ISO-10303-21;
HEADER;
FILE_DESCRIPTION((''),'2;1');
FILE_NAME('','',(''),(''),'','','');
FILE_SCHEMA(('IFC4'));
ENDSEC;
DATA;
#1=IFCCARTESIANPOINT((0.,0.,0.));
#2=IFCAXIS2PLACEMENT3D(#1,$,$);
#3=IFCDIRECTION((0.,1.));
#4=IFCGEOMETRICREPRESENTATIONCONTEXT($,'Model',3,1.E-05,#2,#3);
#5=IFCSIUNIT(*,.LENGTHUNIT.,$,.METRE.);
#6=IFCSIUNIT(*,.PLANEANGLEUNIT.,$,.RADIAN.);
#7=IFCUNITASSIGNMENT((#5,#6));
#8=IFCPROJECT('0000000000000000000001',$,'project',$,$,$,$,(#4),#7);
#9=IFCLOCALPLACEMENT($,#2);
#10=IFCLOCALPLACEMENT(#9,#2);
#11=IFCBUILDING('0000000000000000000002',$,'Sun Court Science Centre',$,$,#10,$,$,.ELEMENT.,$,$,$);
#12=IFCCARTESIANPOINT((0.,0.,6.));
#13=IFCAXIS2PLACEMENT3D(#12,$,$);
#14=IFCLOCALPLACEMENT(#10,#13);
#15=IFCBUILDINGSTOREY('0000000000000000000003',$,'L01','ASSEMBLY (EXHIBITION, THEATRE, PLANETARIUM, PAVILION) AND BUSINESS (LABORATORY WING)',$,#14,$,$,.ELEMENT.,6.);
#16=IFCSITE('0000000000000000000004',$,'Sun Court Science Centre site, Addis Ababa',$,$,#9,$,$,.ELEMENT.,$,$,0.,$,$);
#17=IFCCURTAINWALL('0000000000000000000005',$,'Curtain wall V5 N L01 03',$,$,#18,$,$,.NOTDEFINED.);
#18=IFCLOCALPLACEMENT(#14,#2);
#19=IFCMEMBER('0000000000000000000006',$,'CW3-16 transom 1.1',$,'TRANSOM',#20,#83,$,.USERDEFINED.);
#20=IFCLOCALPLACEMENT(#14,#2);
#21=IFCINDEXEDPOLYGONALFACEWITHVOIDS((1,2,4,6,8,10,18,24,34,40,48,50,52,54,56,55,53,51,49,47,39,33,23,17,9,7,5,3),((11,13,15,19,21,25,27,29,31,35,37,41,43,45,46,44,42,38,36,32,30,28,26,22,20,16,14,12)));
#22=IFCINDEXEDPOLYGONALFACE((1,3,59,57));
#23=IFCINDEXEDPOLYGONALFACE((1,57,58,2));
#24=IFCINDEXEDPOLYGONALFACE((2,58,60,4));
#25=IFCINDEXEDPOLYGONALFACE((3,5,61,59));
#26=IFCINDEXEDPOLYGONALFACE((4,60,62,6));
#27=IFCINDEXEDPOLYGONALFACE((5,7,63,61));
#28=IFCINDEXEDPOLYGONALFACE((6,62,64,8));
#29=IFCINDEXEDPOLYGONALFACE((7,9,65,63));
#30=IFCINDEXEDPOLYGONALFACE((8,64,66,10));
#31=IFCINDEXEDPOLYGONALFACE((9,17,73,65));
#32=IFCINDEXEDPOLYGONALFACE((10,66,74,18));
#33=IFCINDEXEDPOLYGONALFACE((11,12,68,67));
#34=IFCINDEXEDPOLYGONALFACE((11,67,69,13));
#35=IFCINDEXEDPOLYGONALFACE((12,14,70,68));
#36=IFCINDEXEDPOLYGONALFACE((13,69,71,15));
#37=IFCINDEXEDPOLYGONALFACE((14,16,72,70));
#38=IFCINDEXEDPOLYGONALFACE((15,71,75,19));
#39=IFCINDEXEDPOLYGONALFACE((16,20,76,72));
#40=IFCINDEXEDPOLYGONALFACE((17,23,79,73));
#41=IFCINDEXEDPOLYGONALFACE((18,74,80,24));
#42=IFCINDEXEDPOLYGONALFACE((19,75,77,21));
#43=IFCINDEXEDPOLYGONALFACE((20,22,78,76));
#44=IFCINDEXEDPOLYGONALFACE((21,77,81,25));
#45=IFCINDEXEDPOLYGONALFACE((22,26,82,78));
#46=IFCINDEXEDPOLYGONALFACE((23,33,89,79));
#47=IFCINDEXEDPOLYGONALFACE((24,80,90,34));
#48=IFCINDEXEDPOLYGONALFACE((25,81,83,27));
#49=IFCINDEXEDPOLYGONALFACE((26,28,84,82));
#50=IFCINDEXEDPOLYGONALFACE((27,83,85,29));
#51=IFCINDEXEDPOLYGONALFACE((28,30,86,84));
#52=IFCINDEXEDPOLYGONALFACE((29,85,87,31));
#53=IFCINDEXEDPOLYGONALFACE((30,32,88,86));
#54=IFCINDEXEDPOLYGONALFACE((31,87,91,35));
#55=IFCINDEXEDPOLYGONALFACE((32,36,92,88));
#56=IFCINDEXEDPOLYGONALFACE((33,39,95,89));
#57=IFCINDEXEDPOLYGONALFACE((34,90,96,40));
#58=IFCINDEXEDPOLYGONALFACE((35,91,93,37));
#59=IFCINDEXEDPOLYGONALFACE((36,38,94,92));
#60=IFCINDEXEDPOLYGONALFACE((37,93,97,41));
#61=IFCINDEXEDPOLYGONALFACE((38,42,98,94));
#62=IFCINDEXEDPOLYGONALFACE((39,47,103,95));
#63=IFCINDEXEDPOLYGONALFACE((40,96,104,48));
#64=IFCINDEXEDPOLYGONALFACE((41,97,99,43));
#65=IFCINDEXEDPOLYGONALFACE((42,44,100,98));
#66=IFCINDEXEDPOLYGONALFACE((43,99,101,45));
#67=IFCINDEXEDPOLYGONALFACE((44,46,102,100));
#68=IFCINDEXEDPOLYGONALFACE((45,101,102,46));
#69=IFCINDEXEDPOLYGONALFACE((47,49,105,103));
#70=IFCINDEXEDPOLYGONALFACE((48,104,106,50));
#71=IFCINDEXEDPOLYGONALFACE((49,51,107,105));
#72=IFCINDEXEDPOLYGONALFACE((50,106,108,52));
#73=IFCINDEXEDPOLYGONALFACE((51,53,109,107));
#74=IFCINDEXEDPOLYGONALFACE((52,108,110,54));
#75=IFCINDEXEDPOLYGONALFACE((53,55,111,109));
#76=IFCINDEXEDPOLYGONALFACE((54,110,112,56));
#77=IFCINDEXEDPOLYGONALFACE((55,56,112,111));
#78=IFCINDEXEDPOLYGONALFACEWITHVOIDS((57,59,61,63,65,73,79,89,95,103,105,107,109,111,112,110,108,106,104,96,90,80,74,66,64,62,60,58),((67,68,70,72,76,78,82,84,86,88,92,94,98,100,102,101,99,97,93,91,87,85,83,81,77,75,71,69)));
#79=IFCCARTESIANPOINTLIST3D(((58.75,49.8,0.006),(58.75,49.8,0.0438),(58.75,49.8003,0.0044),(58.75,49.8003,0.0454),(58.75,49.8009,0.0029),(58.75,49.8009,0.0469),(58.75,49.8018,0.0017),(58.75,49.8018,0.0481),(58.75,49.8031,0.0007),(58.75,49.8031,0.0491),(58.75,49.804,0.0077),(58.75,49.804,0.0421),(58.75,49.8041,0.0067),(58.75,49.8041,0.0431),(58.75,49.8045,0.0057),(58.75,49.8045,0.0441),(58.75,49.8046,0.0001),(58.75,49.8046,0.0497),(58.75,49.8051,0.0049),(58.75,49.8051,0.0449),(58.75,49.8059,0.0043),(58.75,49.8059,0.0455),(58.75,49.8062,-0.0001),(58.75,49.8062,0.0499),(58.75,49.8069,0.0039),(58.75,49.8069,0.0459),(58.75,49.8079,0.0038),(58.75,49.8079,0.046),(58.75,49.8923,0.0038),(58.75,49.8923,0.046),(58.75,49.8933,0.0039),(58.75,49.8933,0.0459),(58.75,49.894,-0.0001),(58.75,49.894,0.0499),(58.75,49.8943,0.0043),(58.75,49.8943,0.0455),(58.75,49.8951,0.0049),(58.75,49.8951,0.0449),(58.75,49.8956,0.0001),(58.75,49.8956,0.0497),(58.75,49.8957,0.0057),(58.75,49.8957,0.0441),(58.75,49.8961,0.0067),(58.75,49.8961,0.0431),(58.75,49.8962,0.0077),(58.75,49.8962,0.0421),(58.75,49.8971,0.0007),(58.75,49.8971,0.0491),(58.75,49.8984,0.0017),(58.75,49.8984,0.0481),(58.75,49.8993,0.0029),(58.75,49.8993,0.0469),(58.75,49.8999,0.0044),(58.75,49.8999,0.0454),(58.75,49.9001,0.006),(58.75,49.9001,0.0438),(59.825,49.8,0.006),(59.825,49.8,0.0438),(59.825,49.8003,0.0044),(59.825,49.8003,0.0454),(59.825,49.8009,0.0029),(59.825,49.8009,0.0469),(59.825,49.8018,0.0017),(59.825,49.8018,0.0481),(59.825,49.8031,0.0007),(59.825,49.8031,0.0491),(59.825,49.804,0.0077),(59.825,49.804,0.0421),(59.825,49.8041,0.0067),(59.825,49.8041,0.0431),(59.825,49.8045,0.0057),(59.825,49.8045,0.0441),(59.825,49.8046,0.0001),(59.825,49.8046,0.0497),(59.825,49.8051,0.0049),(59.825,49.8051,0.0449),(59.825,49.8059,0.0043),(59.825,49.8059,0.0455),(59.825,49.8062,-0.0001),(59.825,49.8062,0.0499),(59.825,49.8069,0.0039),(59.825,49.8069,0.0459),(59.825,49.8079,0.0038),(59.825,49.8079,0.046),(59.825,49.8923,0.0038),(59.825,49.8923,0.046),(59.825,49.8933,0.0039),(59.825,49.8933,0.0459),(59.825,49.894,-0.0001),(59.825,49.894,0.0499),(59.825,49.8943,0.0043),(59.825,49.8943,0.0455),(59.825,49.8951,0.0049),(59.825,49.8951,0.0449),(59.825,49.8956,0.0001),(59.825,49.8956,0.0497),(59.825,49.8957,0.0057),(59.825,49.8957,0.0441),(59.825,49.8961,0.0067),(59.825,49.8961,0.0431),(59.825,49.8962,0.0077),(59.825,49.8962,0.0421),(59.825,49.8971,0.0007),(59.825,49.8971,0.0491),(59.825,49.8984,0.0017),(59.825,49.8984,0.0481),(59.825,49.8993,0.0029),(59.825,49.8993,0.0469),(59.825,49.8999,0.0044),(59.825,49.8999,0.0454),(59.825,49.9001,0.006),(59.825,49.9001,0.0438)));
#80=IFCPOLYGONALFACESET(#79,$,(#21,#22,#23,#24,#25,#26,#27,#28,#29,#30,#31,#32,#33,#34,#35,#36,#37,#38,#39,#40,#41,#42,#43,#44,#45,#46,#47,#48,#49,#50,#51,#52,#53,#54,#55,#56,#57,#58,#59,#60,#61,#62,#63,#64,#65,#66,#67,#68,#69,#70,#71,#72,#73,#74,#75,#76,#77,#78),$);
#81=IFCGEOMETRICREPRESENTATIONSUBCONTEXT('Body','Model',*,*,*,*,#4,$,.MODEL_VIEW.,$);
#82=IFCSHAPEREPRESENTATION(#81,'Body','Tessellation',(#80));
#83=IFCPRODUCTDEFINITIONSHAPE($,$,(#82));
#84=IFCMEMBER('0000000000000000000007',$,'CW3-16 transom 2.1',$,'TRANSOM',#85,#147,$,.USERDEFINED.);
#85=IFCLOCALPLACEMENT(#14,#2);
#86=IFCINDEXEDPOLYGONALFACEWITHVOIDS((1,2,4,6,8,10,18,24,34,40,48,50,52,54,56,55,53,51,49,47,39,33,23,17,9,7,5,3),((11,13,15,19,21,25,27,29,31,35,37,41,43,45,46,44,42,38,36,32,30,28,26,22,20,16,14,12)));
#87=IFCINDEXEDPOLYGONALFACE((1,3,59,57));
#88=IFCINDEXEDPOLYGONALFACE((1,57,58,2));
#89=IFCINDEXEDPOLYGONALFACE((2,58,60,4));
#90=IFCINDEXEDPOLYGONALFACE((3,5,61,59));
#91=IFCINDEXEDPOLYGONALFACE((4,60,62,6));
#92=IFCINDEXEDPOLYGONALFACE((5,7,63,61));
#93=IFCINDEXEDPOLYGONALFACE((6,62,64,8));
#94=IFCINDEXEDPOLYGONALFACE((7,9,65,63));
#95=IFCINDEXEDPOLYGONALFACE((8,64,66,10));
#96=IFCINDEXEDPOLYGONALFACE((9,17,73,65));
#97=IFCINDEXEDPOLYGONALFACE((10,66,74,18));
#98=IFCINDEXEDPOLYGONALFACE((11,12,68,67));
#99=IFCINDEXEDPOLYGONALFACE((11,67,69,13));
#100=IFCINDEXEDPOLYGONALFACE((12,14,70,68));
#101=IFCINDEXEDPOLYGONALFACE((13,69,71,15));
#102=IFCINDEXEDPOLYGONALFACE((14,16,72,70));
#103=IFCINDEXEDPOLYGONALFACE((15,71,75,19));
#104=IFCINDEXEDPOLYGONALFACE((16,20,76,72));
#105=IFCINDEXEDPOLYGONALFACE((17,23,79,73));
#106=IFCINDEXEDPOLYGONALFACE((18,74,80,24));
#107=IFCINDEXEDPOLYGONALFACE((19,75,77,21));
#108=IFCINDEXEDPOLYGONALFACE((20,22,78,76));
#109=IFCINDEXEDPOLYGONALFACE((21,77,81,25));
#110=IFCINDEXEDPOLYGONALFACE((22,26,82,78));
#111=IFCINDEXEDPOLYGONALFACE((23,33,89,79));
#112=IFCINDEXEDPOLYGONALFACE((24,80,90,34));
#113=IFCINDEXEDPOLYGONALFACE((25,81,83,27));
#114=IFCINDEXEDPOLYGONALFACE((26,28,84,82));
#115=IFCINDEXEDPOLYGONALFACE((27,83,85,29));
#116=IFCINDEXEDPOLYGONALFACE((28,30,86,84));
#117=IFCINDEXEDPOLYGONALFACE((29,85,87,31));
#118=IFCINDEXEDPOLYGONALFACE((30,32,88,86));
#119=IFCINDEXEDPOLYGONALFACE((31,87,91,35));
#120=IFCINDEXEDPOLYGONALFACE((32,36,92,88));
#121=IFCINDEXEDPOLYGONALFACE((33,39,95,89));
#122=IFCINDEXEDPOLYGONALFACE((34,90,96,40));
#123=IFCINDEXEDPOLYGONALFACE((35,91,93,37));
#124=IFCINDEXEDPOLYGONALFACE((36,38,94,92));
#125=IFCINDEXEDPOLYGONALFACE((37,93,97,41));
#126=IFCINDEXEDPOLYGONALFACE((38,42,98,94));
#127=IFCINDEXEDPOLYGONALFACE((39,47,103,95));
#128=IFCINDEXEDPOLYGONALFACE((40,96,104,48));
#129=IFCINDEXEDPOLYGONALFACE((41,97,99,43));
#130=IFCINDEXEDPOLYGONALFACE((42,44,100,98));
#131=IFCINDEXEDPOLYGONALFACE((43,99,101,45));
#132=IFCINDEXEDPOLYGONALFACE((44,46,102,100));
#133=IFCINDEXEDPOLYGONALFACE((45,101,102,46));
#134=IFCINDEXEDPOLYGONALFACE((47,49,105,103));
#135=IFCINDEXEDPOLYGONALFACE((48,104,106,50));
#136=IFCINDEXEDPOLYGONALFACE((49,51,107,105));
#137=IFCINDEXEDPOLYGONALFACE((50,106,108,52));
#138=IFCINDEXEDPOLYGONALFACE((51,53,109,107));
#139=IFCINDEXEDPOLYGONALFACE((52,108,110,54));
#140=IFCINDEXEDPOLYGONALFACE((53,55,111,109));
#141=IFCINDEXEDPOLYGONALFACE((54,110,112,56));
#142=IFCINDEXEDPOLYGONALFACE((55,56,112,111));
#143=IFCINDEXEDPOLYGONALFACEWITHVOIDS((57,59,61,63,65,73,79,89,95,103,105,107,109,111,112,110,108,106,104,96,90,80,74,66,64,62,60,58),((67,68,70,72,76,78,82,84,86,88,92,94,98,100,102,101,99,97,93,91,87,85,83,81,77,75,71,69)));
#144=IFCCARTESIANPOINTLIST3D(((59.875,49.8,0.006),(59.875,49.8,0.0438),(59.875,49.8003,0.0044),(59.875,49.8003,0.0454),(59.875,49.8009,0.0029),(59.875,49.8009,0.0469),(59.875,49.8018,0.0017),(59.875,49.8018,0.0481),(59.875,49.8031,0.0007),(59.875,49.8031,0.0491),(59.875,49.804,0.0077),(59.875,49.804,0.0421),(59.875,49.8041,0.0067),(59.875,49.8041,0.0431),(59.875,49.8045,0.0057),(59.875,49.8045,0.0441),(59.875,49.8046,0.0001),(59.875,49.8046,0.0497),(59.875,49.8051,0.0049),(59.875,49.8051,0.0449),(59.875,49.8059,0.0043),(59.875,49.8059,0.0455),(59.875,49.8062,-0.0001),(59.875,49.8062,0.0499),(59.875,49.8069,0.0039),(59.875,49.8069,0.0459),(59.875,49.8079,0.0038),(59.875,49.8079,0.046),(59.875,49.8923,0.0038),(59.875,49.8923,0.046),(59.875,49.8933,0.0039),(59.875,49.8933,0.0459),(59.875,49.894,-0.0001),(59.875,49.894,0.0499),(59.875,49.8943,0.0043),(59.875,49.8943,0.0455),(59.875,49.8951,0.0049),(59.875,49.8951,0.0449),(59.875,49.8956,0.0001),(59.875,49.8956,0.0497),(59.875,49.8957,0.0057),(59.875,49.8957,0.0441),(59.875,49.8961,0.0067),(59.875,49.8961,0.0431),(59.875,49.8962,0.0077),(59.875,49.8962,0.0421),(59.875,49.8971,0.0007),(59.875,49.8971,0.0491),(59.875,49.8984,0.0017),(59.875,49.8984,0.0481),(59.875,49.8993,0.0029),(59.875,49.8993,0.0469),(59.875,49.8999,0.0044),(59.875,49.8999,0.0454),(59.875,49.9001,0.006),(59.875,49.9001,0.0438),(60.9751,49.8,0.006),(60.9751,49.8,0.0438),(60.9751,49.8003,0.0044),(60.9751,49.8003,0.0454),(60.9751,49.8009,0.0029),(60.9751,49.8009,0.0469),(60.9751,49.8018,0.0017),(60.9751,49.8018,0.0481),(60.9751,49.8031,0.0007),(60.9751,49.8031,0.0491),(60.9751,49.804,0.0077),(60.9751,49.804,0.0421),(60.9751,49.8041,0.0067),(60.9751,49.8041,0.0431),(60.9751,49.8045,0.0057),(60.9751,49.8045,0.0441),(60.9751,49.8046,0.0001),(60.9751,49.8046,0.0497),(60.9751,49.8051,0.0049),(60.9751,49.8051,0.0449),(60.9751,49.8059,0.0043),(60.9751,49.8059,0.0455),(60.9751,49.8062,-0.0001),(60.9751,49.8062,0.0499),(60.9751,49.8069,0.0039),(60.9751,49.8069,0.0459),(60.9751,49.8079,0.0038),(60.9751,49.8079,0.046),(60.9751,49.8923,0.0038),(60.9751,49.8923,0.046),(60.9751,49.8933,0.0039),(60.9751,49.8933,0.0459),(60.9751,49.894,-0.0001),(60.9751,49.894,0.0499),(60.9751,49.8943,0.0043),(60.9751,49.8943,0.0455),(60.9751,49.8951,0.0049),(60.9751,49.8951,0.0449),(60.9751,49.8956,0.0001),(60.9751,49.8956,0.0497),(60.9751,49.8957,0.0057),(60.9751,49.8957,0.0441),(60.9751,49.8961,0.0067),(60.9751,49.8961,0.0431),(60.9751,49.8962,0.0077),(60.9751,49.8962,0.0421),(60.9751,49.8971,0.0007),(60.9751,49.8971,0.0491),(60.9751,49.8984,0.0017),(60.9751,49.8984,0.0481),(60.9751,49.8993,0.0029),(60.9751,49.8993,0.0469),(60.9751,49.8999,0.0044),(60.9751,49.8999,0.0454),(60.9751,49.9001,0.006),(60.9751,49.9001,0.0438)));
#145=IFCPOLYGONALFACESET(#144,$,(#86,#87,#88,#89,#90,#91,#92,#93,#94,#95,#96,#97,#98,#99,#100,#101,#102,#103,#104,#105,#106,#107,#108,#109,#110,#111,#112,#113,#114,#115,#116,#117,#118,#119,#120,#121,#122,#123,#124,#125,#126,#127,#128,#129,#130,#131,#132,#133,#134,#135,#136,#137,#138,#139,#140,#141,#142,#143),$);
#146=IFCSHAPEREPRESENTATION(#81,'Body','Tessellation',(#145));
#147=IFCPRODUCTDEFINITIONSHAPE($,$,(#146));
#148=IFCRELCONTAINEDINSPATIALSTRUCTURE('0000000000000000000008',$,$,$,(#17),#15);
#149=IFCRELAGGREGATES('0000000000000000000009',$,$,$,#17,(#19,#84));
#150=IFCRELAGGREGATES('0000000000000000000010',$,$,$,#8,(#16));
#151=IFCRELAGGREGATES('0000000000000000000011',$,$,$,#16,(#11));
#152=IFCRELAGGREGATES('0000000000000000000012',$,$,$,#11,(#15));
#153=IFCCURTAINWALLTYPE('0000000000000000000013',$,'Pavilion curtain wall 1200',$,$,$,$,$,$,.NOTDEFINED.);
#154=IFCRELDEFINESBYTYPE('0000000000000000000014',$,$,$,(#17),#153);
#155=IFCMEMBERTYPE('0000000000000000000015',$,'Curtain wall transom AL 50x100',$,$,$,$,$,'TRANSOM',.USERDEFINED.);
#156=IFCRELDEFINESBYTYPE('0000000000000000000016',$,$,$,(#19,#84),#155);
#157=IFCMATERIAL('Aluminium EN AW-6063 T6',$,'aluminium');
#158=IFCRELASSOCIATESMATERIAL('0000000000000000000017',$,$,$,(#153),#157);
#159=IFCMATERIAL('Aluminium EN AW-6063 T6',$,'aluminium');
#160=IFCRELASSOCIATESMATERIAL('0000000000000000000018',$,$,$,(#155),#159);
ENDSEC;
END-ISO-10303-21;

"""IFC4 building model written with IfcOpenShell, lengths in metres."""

from ifc_helpers import new_model, si_unit, direction, frame, origin, origin_2d, place, context, subcontext, project, spatial, hollow_rectangle, extrude, material, material_profile, profile_set, type_object, element, aggregate, save


model = new_model("IFC4")

# Units and contexts
model_context = context("Model", 3, precision=1e-05, world=origin(), true_north=direction((0.0, 1.0)))
body_context = subcontext(model_context, "Body", "Model", "MODEL_VIEW")
ifc_project = project(units=[si_unit("LENGTHUNIT", "METRE"), si_unit("PLANEANGLEUNIT", "RADIAN")], contexts=[model_context])

# Site, building, storey
site_placement = place(None, origin())
site = spatial("IfcSite", under=ifc_project, at=site_placement, Name="Sun Court Science Centre site, Addis Ababa", CompositionType="ELEMENT", RefElevation=0.0)
building_placement = place(site_placement, origin())
building = spatial("IfcBuilding", under=site, at=building_placement, Name="Sun Court Science Centre", CompositionType="ELEMENT")
storey_placement = place(building_placement, frame((0.0, 0.0, 6.0)))
storey = spatial("IfcBuildingStorey", under=building, at=storey_placement, Name="L01", Description="ASSEMBLY (EXHIBITION, THEATRE, PLANETARIUM, PAVILION) AND BUSINESS (LABORATORY WING)", CompositionType="ELEMENT", Elevation=6.0)

# Curtain wall
ifc_material_1 = material(Name="Aluminium EN AW-6063 T6", Category="aluminium")
curtain_wall_type = type_object("IfcCurtainWallType", Name="Pavilion curtain wall 1200", PredefinedType="NOTDEFINED", material=ifc_material_1)
curtain_wall_1_placement = place(storey_placement, origin())
curtain_wall_1 = element("IfcCurtainWall", 1, at=curtain_wall_1_placement, inside=storey, type_object=curtain_wall_type, Name="Curtain wall V5 N L01 03", PredefinedType="NOTDEFINED")

# Members
ifc_material_2 = material(Name="Aluminium EN AW-6063 T6", Category="aluminium")
ifc_material_profile_1 = material_profile(ifc_material_2, hollow_rectangle(XDim=0.05, YDim=0.1001, WallThickness=0.0039, InnerFilletRadius=0.0039, OuterFilletRadius=0.0061, at=origin_2d()), Name="AL 50x100x4")
ifc_profile_set_1 = profile_set([ifc_material_profile_1], Name="Aluminium EN AW-6063 T6")
member_type_1 = type_object("IfcMemberType", Name="Curtain wall transom AL 50x100", ElementType="TRANSOM", PredefinedType="USERDEFINED", material=ifc_profile_set_1)
member_1_placement = place(storey_placement, frame((58.75, 49.8501, 0.0249), z_axis=(1.0, 0.0, 0.0), x_axis=(0.0, 0.0, 1.0)))
member_1 = element("IfcMember", 2, at=member_1_placement, type_object=member_type_1, Name="CW3-16 transom 1.1", ObjectType="TRANSOM", PredefinedType="USERDEFINED", context=body_context, shape_type="SweptSolid", body=[
    extrude(hollow_rectangle(XDim=0.05, YDim=0.1001, WallThickness=0.0039, InnerFilletRadius=0.0039, OuterFilletRadius=0.0061, at=origin_2d()), origin(), (0.0, 0.0, 1.0), 1.075),
])
member_2_placement = place(storey_placement, frame((59.875, 49.8501, 0.0249), z_axis=(1.0, 0.0, 0.0), x_axis=(0.0, 0.0, 1.0)))
member_2 = element("IfcMember", 3, at=member_2_placement, type_object=member_type_1, Name="CW3-16 transom 2.1", ObjectType="TRANSOM", PredefinedType="USERDEFINED", context=body_context, shape_type="SweptSolid", body=[
    extrude(hollow_rectangle(XDim=0.05, YDim=0.1001, WallThickness=0.0039, InnerFilletRadius=0.0039, OuterFilletRadius=0.0061, at=origin_2d()), origin(), (0.0, 0.0, 1.0), 1.1001),
])

aggregate(curtain_wall_1, [member_1, member_2])

save(model, "model.ifc")
